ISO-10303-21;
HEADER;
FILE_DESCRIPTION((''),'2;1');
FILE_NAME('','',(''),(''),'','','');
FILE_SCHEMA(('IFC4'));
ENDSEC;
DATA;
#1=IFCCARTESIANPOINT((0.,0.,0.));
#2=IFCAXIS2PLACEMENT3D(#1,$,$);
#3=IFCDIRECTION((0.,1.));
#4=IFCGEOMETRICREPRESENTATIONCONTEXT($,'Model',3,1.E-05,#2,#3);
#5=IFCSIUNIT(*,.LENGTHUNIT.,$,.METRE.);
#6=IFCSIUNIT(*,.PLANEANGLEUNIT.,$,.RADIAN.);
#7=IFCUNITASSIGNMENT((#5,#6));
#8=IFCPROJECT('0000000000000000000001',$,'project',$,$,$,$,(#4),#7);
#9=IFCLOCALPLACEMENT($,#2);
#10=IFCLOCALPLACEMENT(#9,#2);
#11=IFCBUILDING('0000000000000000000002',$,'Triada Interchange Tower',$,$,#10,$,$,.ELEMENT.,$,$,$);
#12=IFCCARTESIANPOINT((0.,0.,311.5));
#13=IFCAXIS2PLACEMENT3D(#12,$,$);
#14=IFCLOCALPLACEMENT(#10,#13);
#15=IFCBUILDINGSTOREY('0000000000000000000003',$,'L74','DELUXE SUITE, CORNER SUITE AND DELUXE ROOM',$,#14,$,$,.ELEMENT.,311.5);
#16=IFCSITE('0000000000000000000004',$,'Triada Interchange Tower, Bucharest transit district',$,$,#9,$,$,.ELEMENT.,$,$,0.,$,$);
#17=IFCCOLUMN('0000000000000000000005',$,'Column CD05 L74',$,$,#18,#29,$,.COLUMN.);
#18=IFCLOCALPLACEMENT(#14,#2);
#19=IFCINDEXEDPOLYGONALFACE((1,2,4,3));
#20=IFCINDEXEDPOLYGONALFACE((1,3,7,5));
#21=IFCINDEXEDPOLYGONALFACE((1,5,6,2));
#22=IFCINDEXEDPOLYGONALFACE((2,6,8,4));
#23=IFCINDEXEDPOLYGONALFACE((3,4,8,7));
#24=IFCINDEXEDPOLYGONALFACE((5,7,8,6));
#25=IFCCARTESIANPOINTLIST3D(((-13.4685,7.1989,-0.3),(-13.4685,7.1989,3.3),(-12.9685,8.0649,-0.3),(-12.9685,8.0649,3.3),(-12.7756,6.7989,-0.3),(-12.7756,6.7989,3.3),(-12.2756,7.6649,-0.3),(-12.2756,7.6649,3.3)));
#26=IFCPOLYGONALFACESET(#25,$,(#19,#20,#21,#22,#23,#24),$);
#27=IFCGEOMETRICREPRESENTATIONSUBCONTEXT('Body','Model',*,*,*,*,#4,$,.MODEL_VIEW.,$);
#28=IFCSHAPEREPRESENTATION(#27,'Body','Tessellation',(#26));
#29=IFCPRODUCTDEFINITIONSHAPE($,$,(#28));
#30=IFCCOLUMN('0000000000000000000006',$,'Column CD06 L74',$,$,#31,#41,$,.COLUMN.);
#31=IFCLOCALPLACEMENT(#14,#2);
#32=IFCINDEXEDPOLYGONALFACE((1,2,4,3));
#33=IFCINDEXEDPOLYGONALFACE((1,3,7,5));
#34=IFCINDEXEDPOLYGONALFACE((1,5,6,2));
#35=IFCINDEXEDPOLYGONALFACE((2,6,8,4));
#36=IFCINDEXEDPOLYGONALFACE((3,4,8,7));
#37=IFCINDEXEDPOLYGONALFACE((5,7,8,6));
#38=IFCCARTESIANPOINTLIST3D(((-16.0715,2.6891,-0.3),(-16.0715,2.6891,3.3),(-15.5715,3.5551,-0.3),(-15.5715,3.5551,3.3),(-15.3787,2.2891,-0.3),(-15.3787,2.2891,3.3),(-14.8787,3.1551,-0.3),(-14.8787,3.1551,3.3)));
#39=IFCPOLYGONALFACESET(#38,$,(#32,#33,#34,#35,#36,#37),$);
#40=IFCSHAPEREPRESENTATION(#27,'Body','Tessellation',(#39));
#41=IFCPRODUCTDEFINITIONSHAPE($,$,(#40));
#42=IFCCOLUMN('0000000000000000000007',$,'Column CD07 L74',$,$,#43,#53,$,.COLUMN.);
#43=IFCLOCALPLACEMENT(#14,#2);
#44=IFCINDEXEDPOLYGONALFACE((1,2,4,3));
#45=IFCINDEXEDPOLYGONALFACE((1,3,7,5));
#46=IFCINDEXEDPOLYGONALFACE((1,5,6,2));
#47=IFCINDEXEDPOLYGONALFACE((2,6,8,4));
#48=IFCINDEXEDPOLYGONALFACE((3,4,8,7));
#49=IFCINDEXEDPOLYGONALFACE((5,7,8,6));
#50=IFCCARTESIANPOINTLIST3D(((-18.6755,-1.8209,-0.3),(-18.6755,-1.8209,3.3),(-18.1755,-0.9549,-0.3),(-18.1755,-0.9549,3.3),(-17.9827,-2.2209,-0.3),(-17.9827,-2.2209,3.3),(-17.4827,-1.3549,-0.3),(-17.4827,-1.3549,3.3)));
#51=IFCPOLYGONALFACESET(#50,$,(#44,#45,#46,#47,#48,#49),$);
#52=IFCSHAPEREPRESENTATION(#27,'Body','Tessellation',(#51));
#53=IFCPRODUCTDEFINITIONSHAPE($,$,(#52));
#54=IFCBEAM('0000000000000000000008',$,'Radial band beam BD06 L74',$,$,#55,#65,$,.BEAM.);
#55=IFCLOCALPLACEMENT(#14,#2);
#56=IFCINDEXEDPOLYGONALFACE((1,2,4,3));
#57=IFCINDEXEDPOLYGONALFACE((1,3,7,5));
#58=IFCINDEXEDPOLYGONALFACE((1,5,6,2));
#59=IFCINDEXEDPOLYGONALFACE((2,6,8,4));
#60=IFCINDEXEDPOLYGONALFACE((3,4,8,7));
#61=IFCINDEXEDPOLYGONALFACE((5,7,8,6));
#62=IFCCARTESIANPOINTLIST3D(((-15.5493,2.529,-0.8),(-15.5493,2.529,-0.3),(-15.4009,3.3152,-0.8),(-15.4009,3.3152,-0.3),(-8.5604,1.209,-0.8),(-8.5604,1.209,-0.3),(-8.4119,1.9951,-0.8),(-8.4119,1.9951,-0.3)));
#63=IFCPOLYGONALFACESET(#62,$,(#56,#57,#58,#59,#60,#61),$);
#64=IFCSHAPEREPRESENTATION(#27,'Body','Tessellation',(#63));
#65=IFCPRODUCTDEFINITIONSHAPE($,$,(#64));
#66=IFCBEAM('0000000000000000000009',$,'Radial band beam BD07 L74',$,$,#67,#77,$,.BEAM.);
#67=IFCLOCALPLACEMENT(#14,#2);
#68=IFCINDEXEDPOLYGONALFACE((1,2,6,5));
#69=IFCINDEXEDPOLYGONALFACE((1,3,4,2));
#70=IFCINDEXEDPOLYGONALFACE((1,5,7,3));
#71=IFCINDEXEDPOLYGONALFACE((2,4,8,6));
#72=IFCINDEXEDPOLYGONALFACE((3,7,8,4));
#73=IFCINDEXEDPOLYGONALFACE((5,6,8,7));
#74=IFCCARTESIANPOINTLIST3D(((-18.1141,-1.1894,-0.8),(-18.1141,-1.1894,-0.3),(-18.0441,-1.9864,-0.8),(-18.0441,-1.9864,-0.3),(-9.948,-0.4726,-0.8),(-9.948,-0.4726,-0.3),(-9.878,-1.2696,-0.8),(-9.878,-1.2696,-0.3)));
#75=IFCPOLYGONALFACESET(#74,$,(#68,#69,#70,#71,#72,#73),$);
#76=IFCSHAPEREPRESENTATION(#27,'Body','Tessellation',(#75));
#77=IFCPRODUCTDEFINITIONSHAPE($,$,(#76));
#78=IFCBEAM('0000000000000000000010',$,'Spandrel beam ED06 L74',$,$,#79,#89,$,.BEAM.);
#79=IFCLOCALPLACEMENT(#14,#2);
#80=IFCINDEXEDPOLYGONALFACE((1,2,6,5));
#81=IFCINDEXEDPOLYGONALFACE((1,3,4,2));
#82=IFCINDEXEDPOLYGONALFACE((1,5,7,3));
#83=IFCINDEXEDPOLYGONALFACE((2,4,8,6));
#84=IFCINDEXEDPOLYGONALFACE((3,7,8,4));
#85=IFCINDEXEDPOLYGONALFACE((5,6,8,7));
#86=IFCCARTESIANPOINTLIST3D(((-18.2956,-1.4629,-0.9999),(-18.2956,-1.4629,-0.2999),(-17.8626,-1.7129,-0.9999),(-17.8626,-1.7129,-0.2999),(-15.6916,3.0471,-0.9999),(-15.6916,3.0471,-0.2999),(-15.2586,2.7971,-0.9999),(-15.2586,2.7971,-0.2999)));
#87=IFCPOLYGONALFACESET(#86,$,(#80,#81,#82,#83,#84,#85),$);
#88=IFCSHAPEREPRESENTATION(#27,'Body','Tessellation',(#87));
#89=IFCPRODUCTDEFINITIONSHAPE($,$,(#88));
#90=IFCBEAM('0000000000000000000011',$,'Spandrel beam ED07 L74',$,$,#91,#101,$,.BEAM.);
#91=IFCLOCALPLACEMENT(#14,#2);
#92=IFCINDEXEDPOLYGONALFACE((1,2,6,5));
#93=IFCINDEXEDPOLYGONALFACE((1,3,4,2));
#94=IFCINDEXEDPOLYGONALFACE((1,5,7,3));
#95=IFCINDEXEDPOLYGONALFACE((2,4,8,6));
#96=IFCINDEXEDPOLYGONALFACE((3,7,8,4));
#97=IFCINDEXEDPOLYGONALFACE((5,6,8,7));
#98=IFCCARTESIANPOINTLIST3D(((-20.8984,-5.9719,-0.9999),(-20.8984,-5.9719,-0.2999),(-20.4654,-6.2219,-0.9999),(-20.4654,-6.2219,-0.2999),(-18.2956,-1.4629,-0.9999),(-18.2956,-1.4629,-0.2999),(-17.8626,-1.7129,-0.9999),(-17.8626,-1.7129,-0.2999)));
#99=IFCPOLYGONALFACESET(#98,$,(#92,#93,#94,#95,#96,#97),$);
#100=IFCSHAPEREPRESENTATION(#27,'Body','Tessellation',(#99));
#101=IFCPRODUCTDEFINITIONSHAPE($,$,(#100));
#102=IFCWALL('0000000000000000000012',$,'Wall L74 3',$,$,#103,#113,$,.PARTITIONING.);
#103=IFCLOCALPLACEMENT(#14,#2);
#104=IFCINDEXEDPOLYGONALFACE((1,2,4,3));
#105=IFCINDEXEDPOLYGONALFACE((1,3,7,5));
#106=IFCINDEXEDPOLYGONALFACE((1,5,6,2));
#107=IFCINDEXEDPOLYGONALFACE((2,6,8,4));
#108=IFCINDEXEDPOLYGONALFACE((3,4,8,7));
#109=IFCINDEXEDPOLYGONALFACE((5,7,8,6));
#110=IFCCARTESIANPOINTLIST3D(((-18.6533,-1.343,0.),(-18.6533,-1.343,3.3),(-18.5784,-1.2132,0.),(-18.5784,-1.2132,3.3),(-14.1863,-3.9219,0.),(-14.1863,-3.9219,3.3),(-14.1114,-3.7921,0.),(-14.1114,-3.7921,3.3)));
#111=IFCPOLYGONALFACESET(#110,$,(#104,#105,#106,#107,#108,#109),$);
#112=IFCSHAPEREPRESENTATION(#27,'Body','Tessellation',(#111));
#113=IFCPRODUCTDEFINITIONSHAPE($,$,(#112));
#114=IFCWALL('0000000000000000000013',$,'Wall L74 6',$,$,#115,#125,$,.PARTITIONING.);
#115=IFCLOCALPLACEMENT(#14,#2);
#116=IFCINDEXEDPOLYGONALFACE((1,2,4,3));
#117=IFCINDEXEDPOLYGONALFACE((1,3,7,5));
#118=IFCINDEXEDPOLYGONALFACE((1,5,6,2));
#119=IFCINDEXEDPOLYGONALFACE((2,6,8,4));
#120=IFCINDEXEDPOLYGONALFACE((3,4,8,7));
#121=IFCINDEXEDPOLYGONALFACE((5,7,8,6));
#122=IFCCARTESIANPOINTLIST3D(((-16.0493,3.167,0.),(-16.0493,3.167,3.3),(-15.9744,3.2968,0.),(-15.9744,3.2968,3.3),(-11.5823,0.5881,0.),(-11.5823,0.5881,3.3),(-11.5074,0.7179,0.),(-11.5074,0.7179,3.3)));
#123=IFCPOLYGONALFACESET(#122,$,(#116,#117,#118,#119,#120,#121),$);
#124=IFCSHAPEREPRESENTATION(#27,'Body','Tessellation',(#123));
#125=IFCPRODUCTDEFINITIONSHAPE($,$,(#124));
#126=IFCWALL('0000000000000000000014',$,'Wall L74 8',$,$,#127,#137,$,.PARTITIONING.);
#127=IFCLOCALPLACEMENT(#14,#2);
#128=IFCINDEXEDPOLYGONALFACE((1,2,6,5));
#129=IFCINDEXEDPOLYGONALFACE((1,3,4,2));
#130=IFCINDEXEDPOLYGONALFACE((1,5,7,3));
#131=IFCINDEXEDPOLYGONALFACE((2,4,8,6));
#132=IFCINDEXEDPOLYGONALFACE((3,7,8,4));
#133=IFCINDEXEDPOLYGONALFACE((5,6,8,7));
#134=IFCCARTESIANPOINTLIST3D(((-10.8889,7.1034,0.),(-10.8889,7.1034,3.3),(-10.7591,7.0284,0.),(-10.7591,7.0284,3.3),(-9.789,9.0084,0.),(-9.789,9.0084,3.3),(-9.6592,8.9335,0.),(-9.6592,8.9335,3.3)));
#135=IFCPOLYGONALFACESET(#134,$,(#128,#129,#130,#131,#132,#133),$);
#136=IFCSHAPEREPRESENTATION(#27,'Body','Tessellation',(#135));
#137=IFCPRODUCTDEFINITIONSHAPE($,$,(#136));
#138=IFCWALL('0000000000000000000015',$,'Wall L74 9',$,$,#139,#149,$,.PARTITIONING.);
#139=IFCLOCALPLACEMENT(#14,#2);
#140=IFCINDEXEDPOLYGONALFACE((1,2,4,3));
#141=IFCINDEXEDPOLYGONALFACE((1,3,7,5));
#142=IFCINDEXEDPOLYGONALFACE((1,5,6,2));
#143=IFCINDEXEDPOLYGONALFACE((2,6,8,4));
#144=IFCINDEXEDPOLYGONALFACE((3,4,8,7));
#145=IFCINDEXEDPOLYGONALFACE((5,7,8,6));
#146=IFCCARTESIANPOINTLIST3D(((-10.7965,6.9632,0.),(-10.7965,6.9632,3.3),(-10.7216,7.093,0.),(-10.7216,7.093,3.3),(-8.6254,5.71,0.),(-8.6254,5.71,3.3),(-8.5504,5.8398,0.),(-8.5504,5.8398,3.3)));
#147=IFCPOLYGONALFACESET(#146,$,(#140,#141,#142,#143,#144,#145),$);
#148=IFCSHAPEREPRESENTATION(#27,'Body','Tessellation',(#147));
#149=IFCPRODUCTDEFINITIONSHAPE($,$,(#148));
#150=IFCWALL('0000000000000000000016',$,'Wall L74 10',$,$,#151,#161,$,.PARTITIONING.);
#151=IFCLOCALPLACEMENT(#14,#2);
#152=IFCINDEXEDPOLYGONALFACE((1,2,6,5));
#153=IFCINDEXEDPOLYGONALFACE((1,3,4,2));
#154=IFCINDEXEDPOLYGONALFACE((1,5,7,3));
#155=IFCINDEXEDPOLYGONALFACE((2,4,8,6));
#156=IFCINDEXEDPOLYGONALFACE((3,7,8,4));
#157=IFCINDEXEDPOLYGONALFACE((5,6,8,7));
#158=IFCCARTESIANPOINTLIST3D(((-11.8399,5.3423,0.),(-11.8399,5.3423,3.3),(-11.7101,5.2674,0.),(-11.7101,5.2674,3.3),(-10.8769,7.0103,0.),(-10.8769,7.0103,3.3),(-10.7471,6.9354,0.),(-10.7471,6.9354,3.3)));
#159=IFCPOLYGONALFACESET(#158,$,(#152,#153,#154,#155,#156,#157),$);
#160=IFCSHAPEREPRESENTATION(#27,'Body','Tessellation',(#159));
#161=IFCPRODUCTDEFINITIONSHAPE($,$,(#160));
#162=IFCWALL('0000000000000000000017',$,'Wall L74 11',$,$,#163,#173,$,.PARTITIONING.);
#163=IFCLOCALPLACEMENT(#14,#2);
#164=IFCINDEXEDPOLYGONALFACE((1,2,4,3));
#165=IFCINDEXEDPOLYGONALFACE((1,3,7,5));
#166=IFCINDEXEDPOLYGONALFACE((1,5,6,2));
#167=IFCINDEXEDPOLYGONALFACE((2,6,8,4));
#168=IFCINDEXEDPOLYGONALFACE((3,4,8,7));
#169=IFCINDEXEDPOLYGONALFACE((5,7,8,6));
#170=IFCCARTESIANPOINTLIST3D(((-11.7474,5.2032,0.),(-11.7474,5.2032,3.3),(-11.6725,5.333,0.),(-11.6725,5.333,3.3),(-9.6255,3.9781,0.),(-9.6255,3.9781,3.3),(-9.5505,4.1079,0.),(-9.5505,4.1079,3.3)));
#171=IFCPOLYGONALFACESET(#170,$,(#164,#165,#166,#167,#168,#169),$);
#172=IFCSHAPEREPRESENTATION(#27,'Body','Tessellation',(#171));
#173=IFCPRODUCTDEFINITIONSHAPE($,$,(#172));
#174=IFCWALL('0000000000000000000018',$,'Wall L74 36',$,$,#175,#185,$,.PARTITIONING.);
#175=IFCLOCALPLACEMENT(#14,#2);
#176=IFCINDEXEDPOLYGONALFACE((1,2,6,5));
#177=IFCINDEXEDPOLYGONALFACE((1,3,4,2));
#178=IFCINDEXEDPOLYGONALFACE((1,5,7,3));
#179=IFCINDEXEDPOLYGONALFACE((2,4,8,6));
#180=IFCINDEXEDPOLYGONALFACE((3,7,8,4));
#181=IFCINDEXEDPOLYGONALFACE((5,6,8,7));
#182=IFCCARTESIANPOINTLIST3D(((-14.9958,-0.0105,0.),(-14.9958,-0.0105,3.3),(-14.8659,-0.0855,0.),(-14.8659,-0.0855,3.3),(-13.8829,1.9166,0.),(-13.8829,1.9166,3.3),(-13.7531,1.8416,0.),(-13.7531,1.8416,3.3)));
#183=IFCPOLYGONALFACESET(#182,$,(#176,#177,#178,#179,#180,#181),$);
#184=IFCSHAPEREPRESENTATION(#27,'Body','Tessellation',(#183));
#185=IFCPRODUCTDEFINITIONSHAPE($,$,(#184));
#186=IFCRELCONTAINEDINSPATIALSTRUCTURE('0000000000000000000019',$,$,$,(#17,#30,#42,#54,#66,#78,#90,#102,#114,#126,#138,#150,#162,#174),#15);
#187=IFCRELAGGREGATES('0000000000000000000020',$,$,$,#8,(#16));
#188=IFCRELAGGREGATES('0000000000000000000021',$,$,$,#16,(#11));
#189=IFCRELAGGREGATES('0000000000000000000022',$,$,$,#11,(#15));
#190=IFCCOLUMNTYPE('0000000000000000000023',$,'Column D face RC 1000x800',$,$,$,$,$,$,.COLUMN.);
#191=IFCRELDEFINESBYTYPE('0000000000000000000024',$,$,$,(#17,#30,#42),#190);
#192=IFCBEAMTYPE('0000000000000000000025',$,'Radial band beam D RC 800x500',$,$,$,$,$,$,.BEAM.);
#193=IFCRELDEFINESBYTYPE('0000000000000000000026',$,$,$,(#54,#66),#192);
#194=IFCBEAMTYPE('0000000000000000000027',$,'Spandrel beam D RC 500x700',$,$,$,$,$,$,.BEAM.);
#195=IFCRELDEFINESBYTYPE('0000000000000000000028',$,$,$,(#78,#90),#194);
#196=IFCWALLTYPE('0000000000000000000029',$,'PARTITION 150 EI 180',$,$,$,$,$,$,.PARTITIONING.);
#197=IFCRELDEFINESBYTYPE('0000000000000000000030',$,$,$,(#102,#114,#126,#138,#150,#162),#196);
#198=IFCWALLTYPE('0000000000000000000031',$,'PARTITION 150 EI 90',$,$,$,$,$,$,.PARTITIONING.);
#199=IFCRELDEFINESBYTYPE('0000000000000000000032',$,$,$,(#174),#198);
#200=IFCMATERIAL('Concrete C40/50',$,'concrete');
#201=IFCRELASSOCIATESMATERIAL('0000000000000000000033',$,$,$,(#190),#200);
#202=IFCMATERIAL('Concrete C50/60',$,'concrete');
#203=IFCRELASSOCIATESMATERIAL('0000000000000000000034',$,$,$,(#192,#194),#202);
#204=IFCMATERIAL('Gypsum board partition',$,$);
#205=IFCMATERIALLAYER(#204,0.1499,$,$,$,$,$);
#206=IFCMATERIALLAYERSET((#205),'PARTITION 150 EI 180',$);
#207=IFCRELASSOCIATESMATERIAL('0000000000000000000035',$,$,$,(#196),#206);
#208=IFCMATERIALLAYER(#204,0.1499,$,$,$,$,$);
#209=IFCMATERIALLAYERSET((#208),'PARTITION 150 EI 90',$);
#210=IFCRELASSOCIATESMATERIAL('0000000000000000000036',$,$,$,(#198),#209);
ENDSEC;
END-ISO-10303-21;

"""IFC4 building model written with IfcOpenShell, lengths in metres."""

from ifc_helpers import new_model, si_unit, direction, frame, frame_2d, origin, origin_2d, place, context, subcontext, project, spatial, rectangle, extrude, material, layer, layer_set, material_profile, profile_set, type_object, element, save


model = new_model("IFC4")

# Units and contexts
model_context = context("Model", 3, precision=1e-05, world=origin(), true_north=direction((0.0, 1.0)))
body_context = subcontext(model_context, "Body", "Model", "MODEL_VIEW")
ifc_project = project(units=[si_unit("LENGTHUNIT", "METRE"), si_unit("PLANEANGLEUNIT", "RADIAN")], contexts=[model_context])

# Site, building, storey
site_placement = place(None, origin())
site = spatial("IfcSite", under=ifc_project, at=site_placement, Name="Triada Interchange Tower, Bucharest transit district", CompositionType="ELEMENT", RefElevation=0.0)
building_placement = place(site_placement, origin())
building = spatial("IfcBuilding", under=site, at=building_placement, Name="Triada Interchange Tower", CompositionType="ELEMENT")
storey_placement = place(building_placement, frame((0.0, 0.0, 311.5)))
storey = spatial("IfcBuildingStorey", under=building, at=storey_placement, Name="L74", Description="DELUXE SUITE, CORNER SUITE AND DELUXE ROOM", CompositionType="ELEMENT", Elevation=311.5)

# Columns
ifc_material_1 = material(Name="Concrete C40/50", Category="concrete")
ifc_material_profile_1 = material_profile(ifc_material_1, rectangle(XDim=1.0, YDim=0.8, at=origin_2d()), Name="RC 1000x800")
ifc_profile_set_1 = profile_set([ifc_material_profile_1], Name="Concrete C40/50")
column_type = type_object("IfcColumnType", Name="Column D face RC 1000x800", PredefinedType="COLUMN", material=ifc_profile_set_1)
for number, where, z_axis, x_axis, name in (
    (1, (-12.8721, 7.4319, -0.3), (0.0, 0.0, 1.0), (0.5, 0.866025, 0.0), "Column CD05 L74"),
    (2, (-15.4751, 2.9221, -0.3), (0.0, 0.0, 1.0), (0.5, 0.866025, 0.0), "Column CD06 L74"),
    (3, (-18.0791, -1.5879, -0.3), (0.0, 0.0, 1.0), (0.5, 0.866025, 0.0), "Column CD07 L74"),
):
    element("IfcColumn", number, at=place(storey_placement, frame(where, z_axis=z_axis, x_axis=x_axis)), inside=storey, type_object=column_type, Name=name, PredefinedType="COLUMN", context=body_context, shape_type="SweptSolid", body=[
        extrude(rectangle(XDim=1.0, YDim=0.8, at=origin_2d()), origin(), (0.0, 0.0, 1.0), 3.6001),
    ])

# Beams
ifc_material_2 = material(Name="Concrete C50/60", Category="concrete")
ifc_material_profile_2 = material_profile(ifc_material_2, rectangle(XDim=0.8, YDim=0.5, at=origin_2d()), Name="RC 800x500")
ifc_profile_set_2 = profile_set([ifc_material_profile_2], Name="Concrete C50/60")
beam_type_1 = type_object("IfcBeamType", Name="Radial band beam D RC 800x500", PredefinedType="BEAM", material=ifc_profile_set_2)
beam_1_placement = place(storey_placement, frame((-15.4751, 2.9221, -0.55), z_axis=(0.982626, -0.185596, 0.0), x_axis=(0.185596, 0.982626, 0.0)))
element("IfcBeam", 4, at=beam_1_placement, inside=storey, type_object=beam_type_1, Name="Radial band beam BD06 L74", PredefinedType="BEAM", context=body_context, shape_type="SweptSolid", body=[
    extrude(rectangle(XDim=0.8, YDim=0.5, at=origin_2d()), origin(), (0.0, 0.0, 1.0), 7.1125),
])
beam_2_placement = place(storey_placement, frame((-18.0791, -1.5879, -0.55), z_axis=(0.99617, 0.087442, 0.0), x_axis=(-0.087442, 0.99617, 0.0)))
element("IfcBeam", 5, at=beam_2_placement, inside=storey, type_object=beam_type_1, Name="Radial band beam BD07 L74", PredefinedType="BEAM", context=body_context, shape_type="SweptSolid", body=[
    extrude(rectangle(XDim=0.8, YDim=0.5, at=origin_2d()), origin(), (0.0, 0.0, 1.0), 8.1975),
])
ifc_material_profile_3 = material_profile(ifc_material_2, rectangle(XDim=0.5, YDim=0.7, at=origin_2d()), Name="RC 500x700")
ifc_profile_set_3 = profile_set([ifc_material_profile_3], Name="Concrete C50/60")
beam_type_2 = type_object("IfcBeamType", Name="Spandrel beam D RC 500x700", PredefinedType="BEAM", material=ifc_profile_set_3)
beam_3_placement = place(storey_placement, frame((-15.4751, 2.9221, -0.6499), z_axis=(-0.500021, -0.866013, 0.0), x_axis=(0.866013, -0.500021, 0.0)))
element("IfcBeam", 6, at=beam_3_placement, inside=storey, type_object=beam_type_2, Name="Spandrel beam ED06 L74", PredefinedType="BEAM", context=body_context, shape_type="SweptSolid", body=[
    extrude(rectangle(XDim=0.5, YDim=0.7, at=origin_2d()), origin(), (0.0, 0.0, 1.0), 5.2078),
])
beam_4_placement = place(storey_placement, frame((-18.0791, -1.5879, -0.6499), z_axis=(-0.499927, -0.866068, 0.0), x_axis=(0.866068, -0.499927, 0.0)))
element("IfcBeam", 7, at=beam_4_placement, inside=storey, type_object=beam_type_2, Name="Spandrel beam ED07 L74", PredefinedType="BEAM", context=body_context, shape_type="SweptSolid", body=[
    extrude(rectangle(XDim=0.5, YDim=0.7, at=origin_2d()), origin(), (0.0, 0.0, 1.0), 5.2063),
])

# Walls
ifc_material_3 = material(Name="Gypsum board partition")
ifc_layer_1 = layer(ifc_material_3, 0.1499)
ifc_layer_set_1 = layer_set([ifc_layer_1], Name="PARTITION 150 EI 180")
wall_type_1 = type_object("IfcWallType", Name="PARTITION 150 EI 180", PredefinedType="PARTITIONING", material=ifc_layer_set_1)
for number, where, z_axis, x_axis, name in (
    (8, (-18.616, -1.2781, 0.0), (0.0, 0.0, 1.0), (0.866041, -0.499972, 0.0), "Wall L74 3"),
    (9, (-16.012, 3.2319, 0.0), (0.0, 0.0, 1.0), (0.866041, -0.499972, 0.0), "Wall L74 6"),
):
    element("IfcWall", number, at=place(storey_placement, frame(where, z_axis=z_axis, x_axis=x_axis)), inside=storey, type_object=wall_type_1, Name=name, PredefinedType="PARTITIONING", context=body_context, shape_type="SweptSolid", body=[
        extrude(rectangle(XDim=5.158, YDim=0.1499, at=frame_2d((2.5791, 0.0))), origin(), (0.0, 0.0, 1.0), 3.3),
    ])
wall_1_placement = place(storey_placement, frame((-10.824, 7.0659, 0.0), z_axis=(0.0, 0.0, 1.0), x_axis=(0.499995, 0.866028, 0.0)))
element("IfcWall", 10, at=wall_1_placement, inside=storey, type_object=wall_type_1, Name="Wall L74 8", PredefinedType="PARTITIONING", context=body_context, shape_type="SweptSolid", body=[
    extrude(rectangle(XDim=2.1997, YDim=0.1499, at=frame_2d((1.0999, 0.0))), origin(), (0.0, 0.0, 1.0), 3.3),
])
wall_2_placement = place(storey_placement, frame((-10.759, 7.0281, 0.0), z_axis=(0.0, 0.0, 1.0), x_axis=(0.866083, -0.499899, 0.0)))
element("IfcWall", 11, at=wall_2_placement, inside=storey, type_object=wall_type_1, Name="Wall L74 9", PredefinedType="PARTITIONING", context=body_context, shape_type="SweptSolid", body=[
    extrude(rectangle(XDim=2.5068, YDim=0.1499, at=frame_2d((1.2534, 0.0))), origin(), (0.0, 0.0, 1.0), 3.3),
])
wall_3_placement = place(storey_placement, frame((-11.7749, 5.3049, 0.0), z_axis=(0.0, 0.0, 1.0), x_axis=(0.499957, 0.86605, 0.0)))
element("IfcWall", 12, at=wall_3_placement, inside=storey, type_object=wall_type_1, Name="Wall L74 10", PredefinedType="PARTITIONING", context=body_context, shape_type="SweptSolid", body=[
    extrude(rectangle(XDim=1.926, YDim=0.1499, at=frame_2d((0.9629, 0.0))), origin(), (0.0, 0.0, 1.0), 3.3),
])
wall_4_placement = place(storey_placement, frame((-11.71, 5.2681, 0.0), z_axis=(0.0, 0.0, 1.0), x_axis=(0.86604, -0.499975, 0.0)))
element("IfcWall", 13, at=wall_4_placement, inside=storey, type_object=wall_type_1, Name="Wall L74 11", PredefinedType="PARTITIONING", context=body_context, shape_type="SweptSolid", body=[
    extrude(rectangle(XDim=2.4502, YDim=0.1499, at=frame_2d((1.2251, 0.0))), origin(), (0.0, 0.0, 1.0), 3.3),
])
ifc_layer_2 = layer(ifc_material_3, 0.1499)
ifc_layer_set_2 = layer_set([ifc_layer_2], Name="PARTITION 150 EI 90")
wall_type_2 = type_object("IfcWallType", Name="PARTITION 150 EI 90", PredefinedType="PARTITIONING", material=ifc_layer_set_2)
wall_5_placement = place(storey_placement, frame((-14.9309, -0.0481, 0.0), z_axis=(0.0, 0.0, 1.0), x_axis=(0.50008, 0.865979, 0.0)))
element("IfcWall", 14, at=wall_5_placement, inside=storey, type_object=wall_type_2, Name="Wall L74 36", PredefinedType="PARTITIONING", context=body_context, shape_type="SweptSolid", body=[
    extrude(rectangle(XDim=2.2253, YDim=0.1499, at=frame_2d((1.1128, 0.0))), origin(), (0.0, 0.0, 1.0), 3.3),
])

save(model, "model.ifc")
